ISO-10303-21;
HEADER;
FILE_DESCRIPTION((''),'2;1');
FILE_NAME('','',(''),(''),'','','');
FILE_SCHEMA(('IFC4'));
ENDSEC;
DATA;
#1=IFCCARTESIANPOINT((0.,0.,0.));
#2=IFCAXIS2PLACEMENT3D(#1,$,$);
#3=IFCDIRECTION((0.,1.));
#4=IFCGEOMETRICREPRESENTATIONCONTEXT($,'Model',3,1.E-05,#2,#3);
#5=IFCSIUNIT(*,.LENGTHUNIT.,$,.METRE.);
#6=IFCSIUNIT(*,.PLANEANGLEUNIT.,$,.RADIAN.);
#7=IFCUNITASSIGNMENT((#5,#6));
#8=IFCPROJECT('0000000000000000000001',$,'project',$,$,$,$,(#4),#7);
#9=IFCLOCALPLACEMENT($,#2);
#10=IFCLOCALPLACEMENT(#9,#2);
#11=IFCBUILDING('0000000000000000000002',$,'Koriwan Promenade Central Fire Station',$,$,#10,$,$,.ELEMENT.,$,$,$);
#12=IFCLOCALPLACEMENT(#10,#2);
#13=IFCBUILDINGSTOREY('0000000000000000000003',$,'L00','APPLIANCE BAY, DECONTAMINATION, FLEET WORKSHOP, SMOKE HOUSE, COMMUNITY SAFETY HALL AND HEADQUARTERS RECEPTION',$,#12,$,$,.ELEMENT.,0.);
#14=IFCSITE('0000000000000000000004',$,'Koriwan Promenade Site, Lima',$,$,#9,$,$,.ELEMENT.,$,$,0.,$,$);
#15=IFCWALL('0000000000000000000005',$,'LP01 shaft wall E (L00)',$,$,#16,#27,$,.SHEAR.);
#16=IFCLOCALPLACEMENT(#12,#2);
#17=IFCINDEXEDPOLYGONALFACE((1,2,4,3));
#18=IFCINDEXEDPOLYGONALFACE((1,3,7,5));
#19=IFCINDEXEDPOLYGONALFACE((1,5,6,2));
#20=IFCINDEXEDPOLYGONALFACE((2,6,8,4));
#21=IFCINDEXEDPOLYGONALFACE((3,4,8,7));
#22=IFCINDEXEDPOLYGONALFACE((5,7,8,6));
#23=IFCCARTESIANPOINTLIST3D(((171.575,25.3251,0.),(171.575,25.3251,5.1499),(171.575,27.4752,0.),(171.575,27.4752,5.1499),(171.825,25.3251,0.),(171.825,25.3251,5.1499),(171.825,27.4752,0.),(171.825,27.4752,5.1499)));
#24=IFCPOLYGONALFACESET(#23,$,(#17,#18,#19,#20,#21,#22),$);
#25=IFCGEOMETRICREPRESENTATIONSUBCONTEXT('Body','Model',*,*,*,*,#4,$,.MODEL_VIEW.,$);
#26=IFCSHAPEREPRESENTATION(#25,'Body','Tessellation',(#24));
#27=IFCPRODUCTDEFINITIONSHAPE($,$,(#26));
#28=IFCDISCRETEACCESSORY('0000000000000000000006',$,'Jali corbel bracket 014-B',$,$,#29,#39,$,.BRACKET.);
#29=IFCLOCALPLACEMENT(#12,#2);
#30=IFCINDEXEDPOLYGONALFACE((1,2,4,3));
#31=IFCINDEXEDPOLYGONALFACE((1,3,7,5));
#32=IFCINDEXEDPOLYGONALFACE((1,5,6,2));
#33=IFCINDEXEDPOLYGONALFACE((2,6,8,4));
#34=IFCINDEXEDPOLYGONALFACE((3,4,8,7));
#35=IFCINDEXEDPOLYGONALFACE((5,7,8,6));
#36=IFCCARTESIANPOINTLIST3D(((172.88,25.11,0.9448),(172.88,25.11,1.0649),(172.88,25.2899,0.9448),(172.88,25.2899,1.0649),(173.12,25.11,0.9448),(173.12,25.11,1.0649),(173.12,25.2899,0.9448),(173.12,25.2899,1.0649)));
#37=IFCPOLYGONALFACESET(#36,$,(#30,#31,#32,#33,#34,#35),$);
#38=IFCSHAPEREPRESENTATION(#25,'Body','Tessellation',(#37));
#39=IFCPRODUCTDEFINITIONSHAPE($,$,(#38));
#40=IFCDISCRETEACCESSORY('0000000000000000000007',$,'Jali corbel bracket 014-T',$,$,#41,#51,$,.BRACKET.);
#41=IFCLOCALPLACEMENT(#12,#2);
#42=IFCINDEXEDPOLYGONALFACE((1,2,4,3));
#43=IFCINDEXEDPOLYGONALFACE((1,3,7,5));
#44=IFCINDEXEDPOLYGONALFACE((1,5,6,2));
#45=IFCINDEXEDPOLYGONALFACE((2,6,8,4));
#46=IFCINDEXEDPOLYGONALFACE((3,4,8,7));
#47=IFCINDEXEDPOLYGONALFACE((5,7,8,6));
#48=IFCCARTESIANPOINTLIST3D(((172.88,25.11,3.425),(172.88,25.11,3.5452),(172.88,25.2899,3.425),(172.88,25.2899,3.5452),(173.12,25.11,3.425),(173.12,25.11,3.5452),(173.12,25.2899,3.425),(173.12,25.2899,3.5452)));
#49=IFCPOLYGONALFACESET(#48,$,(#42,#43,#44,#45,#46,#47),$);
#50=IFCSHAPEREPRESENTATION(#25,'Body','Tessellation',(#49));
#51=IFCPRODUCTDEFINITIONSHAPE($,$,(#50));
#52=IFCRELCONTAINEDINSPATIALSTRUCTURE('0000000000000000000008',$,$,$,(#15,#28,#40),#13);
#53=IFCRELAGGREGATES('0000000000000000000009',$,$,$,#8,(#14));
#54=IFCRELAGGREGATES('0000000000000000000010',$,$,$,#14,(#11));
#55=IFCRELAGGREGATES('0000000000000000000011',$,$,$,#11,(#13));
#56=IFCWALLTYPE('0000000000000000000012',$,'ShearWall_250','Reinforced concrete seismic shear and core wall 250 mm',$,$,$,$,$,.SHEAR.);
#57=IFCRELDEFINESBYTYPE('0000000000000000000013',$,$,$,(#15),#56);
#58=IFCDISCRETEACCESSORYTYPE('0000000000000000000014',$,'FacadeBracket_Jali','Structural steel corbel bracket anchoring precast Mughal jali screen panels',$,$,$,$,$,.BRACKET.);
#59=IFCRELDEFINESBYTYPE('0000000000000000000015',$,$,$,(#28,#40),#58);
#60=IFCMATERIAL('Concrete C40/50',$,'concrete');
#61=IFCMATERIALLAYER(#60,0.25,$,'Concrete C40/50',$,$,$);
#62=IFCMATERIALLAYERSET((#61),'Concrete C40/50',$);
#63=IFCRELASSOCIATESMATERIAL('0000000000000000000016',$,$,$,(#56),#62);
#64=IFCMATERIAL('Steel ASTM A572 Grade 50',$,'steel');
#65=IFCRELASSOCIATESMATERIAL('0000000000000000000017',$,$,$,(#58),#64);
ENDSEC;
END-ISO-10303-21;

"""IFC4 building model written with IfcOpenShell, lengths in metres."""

from ifc_helpers import new_model, si_unit, direction, frame, frame_2d, origin, origin_2d, place, context, subcontext, project, spatial, rectangle, extrude, material, layer, layer_set, type_object, element, save


model = new_model("IFC4")

# Units and contexts
model_context = context("Model", 3, precision=1e-05, world=origin(), true_north=direction((0.0, 1.0)))
body_context = subcontext(model_context, "Body", "Model", "MODEL_VIEW")
ifc_project = project(units=[si_unit("LENGTHUNIT", "METRE"), si_unit("PLANEANGLEUNIT", "RADIAN")], contexts=[model_context])

# Site, building, storey
site_placement = place(None, origin())
site = spatial("IfcSite", under=ifc_project, at=site_placement, Name="Koriwan Promenade Site, Lima", CompositionType="ELEMENT", RefElevation=0.0)
building_placement = place(site_placement, origin())
building = spatial("IfcBuilding", under=site, at=building_placement, Name="Koriwan Promenade Central Fire Station", CompositionType="ELEMENT")
storey_placement = place(building_placement, origin())
storey = spatial("IfcBuildingStorey", under=building, at=storey_placement, Name="L00", Description="APPLIANCE BAY, DECONTAMINATION, FLEET WORKSHOP, SMOKE HOUSE, COMMUNITY SAFETY HALL AND HEADQUARTERS RECEPTION", CompositionType="ELEMENT", Elevation=0.0)

# Shared definitions
ifc_material_1 = material(Name="Concrete C40/50", Category="concrete")

# Wall
ifc_layer_1 = layer(ifc_material_1, 0.25, Name="Concrete C40/50")
ifc_layer_set_1 = layer_set([ifc_layer_1], Name="Concrete C40/50")
wall_type_1 = type_object("IfcWallType", Name="ShearWall_250", Description="Reinforced concrete seismic shear and core wall 250 mm", PredefinedType="SHEAR", material=ifc_layer_set_1)
wall_1_placement = place(storey_placement, frame((171.7, 25.325, 0.0), z_axis=(0.0, 0.0, 1.0), x_axis=(0.0, 1.0, 0.0)))
element("IfcWall", 1, at=wall_1_placement, inside=storey, type_object=wall_type_1, Name="LP01 shaft wall E (L00)", PredefinedType="SHEAR", context=body_context, shape_type="SweptSolid", body=[
    extrude(rectangle(XDim=2.1501, YDim=0.25, at=frame_2d((1.0752, 0.0))), origin(), (0.0, 0.0, 1.0), 5.1499),
])

# Discrete accessories
ifc_material_2 = material(Name="Steel ASTM A572 Grade 50", Category="steel")
discrete_accessory_type = type_object("IfcDiscreteAccessoryType", Name="FacadeBracket_Jali", Description="Structural steel corbel bracket anchoring precast Mughal jali screen panels", PredefinedType="BRACKET", material=ifc_material_2)
for number, where, z_axis, x_axis, name in (
    (2, (173.0, 25.2, 0.9448), (0.0, 0.0, 1.0), (1.0, 0.0, 0.0), "Jali corbel bracket 014-B"),
    (3, (173.0, 25.2, 3.425), (0.0, 0.0, 1.0), (1.0, 0.0, 0.0), "Jali corbel bracket 014-T"),
):
    element("IfcDiscreteAccessory", number, at=place(storey_placement, frame(where, z_axis=z_axis, x_axis=x_axis)), inside=storey, type_object=discrete_accessory_type, Name=name, PredefinedType="BRACKET", context=body_context, shape_type="SweptSolid", body=[
        extrude(rectangle(XDim=0.24, YDim=0.1799, at=origin_2d()), origin(), (0.0, 0.0, 1.0), 0.1201),
    ])

save(model, "model.ifc")
